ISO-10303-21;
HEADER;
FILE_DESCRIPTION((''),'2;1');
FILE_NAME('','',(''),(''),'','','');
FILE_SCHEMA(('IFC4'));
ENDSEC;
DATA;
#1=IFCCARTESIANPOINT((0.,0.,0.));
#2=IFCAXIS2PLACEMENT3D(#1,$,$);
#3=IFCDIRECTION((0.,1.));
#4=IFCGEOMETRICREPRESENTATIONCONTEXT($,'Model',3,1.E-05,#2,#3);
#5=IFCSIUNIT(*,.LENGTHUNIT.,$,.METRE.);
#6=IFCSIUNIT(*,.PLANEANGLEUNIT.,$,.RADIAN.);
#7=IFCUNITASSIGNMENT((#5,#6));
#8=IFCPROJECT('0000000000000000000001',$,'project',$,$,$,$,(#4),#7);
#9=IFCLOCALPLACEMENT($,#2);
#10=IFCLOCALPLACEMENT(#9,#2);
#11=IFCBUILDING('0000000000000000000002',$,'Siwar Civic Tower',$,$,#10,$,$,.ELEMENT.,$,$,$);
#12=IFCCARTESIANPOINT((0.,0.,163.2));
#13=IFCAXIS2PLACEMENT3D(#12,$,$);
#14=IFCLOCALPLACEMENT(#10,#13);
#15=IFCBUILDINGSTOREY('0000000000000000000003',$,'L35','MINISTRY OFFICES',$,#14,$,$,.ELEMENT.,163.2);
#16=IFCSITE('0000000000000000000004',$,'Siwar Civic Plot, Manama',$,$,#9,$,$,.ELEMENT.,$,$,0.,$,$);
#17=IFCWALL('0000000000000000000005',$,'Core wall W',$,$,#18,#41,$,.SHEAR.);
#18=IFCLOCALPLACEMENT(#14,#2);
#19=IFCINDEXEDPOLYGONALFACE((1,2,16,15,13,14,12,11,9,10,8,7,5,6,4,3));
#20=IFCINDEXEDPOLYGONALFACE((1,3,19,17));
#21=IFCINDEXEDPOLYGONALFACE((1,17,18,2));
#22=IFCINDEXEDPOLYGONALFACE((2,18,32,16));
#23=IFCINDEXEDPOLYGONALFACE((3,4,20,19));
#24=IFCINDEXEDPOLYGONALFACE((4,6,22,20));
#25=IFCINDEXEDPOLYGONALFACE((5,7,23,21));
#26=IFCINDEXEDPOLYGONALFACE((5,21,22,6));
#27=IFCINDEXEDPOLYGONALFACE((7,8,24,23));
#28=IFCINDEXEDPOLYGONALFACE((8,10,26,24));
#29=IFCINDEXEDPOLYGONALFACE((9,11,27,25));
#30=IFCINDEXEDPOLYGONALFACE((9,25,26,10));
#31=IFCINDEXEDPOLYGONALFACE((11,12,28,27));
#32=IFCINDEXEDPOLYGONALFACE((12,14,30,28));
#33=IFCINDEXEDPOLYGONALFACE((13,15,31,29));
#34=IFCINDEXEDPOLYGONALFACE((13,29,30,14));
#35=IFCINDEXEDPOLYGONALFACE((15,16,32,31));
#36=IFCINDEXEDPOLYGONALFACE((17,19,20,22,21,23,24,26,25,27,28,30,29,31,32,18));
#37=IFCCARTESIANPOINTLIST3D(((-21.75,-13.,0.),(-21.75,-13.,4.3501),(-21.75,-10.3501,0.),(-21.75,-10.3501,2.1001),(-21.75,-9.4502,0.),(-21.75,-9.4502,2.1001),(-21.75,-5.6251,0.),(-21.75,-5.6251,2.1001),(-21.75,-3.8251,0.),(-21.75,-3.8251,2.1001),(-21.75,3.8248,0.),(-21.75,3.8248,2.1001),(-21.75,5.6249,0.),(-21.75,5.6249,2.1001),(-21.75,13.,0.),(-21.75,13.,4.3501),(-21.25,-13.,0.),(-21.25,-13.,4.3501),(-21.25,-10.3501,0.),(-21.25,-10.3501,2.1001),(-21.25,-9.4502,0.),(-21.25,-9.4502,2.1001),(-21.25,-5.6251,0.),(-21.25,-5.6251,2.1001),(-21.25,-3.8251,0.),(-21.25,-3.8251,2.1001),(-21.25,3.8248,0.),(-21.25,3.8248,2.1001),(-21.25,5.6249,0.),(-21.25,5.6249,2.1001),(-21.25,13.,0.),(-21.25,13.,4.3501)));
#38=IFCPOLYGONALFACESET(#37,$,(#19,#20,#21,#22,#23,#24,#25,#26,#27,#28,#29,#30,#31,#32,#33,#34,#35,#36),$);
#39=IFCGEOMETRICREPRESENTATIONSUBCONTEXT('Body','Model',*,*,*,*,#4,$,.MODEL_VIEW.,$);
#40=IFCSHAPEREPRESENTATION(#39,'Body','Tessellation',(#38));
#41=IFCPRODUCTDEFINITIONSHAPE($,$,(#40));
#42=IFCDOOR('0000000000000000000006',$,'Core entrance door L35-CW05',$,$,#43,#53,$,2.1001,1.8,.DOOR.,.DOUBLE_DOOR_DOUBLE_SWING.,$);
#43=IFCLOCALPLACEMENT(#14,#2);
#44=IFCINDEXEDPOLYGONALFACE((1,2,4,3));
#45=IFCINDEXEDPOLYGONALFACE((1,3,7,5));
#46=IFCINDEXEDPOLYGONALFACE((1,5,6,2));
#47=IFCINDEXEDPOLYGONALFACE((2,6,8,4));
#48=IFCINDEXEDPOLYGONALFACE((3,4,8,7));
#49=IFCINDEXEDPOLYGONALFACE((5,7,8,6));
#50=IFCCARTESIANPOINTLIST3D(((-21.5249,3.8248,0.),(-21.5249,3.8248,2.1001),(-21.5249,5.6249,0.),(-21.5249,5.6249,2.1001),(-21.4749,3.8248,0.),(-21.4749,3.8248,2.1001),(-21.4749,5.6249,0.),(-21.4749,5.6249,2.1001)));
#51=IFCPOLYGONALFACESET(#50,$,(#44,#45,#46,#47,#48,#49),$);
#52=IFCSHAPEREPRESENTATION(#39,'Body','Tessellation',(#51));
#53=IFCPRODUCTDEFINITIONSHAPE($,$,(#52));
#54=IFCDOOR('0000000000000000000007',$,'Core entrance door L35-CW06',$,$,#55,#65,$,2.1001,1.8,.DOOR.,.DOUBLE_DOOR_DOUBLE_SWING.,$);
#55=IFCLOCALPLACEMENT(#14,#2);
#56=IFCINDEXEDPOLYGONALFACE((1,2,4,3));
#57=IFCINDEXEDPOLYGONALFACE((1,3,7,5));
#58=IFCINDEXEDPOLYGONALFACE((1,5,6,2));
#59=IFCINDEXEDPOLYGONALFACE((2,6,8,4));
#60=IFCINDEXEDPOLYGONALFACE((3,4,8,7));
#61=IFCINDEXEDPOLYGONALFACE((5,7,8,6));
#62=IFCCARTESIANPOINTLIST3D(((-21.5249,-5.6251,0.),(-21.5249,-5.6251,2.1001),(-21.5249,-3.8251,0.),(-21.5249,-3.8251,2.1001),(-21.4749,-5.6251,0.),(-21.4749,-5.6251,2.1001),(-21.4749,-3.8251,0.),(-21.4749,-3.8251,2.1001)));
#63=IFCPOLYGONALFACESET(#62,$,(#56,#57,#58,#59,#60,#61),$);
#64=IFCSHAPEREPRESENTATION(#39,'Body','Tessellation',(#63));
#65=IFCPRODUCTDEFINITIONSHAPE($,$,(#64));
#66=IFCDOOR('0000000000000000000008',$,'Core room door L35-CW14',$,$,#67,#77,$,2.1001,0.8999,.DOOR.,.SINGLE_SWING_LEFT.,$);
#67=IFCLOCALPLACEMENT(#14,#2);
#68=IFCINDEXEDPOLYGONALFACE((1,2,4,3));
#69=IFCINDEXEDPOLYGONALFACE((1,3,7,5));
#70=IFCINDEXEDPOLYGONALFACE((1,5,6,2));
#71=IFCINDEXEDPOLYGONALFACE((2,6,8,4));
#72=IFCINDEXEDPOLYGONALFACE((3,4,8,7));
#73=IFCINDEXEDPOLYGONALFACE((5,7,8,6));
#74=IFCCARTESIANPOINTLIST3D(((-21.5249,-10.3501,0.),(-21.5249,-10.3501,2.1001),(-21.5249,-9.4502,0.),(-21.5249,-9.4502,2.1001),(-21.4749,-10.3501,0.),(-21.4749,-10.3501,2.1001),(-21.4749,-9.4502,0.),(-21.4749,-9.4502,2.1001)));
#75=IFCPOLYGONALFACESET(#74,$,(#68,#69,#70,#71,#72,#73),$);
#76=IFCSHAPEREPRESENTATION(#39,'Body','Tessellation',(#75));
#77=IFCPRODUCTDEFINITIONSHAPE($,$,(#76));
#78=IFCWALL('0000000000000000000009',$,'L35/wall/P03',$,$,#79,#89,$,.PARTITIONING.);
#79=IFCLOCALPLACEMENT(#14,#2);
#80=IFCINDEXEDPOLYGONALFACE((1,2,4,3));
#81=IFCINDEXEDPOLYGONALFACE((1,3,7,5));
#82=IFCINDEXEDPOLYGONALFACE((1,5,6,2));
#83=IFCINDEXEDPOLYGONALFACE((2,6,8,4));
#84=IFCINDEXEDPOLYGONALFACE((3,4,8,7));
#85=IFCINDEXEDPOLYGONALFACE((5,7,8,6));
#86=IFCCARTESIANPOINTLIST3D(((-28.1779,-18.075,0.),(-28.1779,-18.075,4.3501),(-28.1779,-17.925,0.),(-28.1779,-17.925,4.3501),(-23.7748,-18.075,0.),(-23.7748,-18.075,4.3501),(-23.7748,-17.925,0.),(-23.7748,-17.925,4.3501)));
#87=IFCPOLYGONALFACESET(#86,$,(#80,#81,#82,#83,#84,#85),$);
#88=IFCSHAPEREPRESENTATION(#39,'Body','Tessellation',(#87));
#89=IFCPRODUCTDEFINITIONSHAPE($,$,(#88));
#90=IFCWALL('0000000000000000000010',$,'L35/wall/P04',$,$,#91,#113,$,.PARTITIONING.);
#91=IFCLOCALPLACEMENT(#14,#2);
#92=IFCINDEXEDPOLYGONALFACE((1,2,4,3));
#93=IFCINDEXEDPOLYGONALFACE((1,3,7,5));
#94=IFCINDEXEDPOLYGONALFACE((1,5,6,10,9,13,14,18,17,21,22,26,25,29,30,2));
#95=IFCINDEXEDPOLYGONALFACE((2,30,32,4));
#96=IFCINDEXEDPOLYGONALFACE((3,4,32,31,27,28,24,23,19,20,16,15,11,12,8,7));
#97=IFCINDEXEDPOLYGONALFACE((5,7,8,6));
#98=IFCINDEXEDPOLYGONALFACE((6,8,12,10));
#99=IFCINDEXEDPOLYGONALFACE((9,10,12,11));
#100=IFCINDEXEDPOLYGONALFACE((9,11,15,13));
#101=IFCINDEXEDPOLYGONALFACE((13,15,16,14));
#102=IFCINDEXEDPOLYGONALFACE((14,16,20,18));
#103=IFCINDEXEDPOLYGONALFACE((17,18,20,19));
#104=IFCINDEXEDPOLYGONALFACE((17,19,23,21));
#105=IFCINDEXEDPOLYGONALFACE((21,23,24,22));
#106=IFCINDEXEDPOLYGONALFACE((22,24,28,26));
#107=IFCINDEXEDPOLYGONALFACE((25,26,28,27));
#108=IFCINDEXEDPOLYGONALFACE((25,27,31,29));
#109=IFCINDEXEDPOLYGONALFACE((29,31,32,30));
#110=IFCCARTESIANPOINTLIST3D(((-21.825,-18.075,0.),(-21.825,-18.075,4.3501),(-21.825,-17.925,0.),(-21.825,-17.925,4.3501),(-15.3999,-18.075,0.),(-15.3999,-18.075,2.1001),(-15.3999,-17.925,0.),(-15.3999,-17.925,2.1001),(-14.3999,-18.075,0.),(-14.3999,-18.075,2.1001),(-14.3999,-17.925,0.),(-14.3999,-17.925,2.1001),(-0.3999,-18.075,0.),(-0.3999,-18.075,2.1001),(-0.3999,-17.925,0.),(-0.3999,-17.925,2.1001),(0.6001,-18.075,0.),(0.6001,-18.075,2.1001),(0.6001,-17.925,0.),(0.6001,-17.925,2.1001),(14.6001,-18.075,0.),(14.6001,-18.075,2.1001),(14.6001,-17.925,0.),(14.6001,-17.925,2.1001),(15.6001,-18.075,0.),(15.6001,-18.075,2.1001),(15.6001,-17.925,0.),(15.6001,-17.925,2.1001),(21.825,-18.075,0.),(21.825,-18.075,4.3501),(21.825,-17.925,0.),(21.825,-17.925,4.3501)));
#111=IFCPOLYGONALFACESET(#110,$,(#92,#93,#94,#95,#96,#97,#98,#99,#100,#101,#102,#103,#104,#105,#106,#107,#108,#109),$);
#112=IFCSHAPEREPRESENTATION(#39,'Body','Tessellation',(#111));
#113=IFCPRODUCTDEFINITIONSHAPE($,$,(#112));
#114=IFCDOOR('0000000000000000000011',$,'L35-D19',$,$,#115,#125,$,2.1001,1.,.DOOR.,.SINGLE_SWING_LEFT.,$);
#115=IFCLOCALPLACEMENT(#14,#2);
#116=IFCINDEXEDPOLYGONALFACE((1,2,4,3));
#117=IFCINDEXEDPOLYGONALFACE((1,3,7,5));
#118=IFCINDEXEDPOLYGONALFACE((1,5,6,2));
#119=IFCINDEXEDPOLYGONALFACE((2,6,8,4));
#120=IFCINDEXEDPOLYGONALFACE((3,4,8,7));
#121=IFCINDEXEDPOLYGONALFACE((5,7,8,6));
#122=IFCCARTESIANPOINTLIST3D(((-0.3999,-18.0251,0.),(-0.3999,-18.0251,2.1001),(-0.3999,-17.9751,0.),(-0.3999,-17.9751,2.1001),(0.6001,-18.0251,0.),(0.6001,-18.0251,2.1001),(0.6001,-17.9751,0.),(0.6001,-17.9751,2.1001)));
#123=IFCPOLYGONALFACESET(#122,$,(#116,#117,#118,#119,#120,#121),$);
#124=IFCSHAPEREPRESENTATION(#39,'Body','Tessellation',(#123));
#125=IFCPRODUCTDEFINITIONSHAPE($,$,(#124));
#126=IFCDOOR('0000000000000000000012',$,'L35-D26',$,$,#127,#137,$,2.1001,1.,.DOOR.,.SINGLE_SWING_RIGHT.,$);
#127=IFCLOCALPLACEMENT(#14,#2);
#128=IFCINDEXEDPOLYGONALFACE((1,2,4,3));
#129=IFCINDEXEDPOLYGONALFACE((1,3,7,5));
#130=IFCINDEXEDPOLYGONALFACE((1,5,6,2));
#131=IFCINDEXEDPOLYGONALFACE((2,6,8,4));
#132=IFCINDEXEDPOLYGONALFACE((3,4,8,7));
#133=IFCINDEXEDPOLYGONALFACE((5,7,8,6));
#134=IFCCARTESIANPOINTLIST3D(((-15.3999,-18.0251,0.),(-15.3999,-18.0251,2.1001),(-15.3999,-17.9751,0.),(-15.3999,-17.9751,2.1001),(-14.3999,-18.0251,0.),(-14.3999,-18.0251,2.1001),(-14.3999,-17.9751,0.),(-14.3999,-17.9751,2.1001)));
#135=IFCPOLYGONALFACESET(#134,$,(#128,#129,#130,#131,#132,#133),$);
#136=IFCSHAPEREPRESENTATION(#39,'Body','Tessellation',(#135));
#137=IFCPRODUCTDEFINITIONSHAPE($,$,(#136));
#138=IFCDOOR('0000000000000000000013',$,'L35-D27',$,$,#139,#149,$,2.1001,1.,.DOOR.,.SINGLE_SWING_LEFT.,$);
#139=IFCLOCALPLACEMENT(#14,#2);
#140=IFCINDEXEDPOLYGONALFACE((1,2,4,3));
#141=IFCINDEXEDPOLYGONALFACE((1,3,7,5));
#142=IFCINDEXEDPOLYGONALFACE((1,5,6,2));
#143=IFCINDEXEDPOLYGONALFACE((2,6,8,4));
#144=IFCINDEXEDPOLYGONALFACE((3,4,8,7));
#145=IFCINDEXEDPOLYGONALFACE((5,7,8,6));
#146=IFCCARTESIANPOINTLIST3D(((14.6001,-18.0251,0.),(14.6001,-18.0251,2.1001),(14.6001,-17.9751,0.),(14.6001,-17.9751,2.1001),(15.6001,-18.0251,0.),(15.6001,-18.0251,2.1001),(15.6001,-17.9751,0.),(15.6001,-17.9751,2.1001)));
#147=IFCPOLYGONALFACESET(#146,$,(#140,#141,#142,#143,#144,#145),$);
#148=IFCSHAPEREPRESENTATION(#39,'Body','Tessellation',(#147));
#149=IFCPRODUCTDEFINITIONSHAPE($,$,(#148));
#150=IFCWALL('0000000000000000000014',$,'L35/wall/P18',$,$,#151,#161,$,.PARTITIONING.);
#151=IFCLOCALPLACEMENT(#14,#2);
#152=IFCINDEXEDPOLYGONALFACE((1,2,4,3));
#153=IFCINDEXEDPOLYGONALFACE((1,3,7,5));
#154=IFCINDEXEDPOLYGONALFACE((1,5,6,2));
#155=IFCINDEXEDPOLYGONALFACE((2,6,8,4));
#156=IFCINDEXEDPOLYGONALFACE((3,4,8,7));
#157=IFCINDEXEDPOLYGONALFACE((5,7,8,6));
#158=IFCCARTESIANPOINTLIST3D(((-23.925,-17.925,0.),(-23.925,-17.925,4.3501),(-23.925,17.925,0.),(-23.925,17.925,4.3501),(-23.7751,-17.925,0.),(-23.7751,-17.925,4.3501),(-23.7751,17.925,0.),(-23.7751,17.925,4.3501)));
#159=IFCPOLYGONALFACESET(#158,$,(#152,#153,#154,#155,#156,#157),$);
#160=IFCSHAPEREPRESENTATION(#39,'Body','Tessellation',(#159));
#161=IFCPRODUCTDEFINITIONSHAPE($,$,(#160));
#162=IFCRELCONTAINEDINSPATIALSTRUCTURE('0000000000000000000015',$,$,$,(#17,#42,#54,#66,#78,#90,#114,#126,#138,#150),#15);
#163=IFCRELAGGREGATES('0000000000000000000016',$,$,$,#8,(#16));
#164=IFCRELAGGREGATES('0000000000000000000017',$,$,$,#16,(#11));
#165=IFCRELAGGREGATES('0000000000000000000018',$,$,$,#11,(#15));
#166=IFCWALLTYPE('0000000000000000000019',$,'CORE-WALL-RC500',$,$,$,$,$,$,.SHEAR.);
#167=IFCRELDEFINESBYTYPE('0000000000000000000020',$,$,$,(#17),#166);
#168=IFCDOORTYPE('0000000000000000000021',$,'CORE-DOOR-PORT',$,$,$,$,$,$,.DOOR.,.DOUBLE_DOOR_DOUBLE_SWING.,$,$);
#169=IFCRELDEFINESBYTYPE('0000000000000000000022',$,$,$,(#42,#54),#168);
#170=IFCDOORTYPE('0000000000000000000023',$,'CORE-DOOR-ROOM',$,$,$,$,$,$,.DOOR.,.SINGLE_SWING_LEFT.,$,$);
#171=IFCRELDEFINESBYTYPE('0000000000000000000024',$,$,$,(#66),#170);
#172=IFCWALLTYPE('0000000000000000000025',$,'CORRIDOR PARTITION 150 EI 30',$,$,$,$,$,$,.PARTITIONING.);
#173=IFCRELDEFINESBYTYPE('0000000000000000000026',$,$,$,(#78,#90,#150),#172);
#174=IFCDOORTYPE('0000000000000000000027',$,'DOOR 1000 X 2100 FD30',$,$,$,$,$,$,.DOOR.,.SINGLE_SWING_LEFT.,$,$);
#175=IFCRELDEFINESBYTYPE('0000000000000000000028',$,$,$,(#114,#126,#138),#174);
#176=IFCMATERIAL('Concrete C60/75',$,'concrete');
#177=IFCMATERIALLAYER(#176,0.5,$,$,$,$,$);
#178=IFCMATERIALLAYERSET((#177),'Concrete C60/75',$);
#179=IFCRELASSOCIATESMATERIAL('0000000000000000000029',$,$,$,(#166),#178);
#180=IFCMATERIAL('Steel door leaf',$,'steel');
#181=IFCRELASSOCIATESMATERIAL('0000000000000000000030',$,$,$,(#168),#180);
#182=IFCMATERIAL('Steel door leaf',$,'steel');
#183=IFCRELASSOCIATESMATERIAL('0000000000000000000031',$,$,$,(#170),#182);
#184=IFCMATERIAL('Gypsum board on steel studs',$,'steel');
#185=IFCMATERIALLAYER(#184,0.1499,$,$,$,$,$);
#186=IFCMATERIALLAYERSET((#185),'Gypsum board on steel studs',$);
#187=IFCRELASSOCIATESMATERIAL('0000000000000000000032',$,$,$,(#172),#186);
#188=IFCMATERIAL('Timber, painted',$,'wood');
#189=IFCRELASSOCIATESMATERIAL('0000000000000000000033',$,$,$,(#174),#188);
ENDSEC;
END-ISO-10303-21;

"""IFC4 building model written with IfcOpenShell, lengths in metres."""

from ifc_helpers import new_model, si_unit, direction, frame, frame_2d, origin, place, context, subcontext, project, spatial, rectangle, extrude, material, layer, layer_set, type_object, element, fill, save


model = new_model("IFC4")

# Units and contexts
model_context = context("Model", 3, precision=1e-05, world=origin(), true_north=direction((0.0, 1.0)))
body_context = subcontext(model_context, "Body", "Model", "MODEL_VIEW")
ifc_project = project(units=[si_unit("LENGTHUNIT", "METRE"), si_unit("PLANEANGLEUNIT", "RADIAN")], contexts=[model_context])

# Site, building, storey
site_placement = place(None, origin())
site = spatial("IfcSite", under=ifc_project, at=site_placement, Name="Siwar Civic Plot, Manama", CompositionType="ELEMENT", RefElevation=0.0)
building_placement = place(site_placement, origin())
building = spatial("IfcBuilding", under=site, at=building_placement, Name="Siwar Civic Tower", CompositionType="ELEMENT")
storey_placement = place(building_placement, frame((0.0, 0.0, 163.2)))
storey = spatial("IfcBuildingStorey", under=building, at=storey_placement, Name="L35", Description="MINISTRY OFFICES", CompositionType="ELEMENT", Elevation=163.2)

# Wall, openings, doors
ifc_material_1 = material(Name="Concrete C60/75", Category="concrete")
ifc_layer_1 = layer(ifc_material_1, 0.5)
ifc_layer_set_1 = layer_set([ifc_layer_1], Name="Concrete C60/75")
wall_type_1 = type_object("IfcWallType", Name="CORE-WALL-RC500", PredefinedType="SHEAR", material=ifc_layer_set_1)
wall_1_placement = place(storey_placement, frame((-21.5, -13.0, 0.0), z_axis=(0.0, 0.0, 1.0), x_axis=(0.0, 1.0, 0.0)))
wall_1 = element("IfcWall", 1, at=wall_1_placement, inside=storey, type_object=wall_type_1, Name="Core wall W", PredefinedType="SHEAR", context=body_context, shape_type="SweptSolid", body=[
    extrude(rectangle(XDim=26.0, YDim=0.5, at=frame_2d((13.0, 0.0))), origin(), (0.0, 0.0, 1.0), 4.3501),
])
opening_1_placement = place(wall_1_placement, frame((16.825, 0.0, 0.0)))
opening_1 = element("IfcOpeningElement", 2, at=opening_1_placement, cuts=wall_1, PredefinedType="OPENING", context=body_context, shape_type="SweptSolid", body=[
    extrude(rectangle(XDim=1.8, YDim=2.1001, at=frame_2d((0.8999, 1.05))), frame((0.0, 0.26, 0.0), z_axis=(0.0, -1.0, 0.0), x_axis=(1.0, 0.0, 0.0)), (0.0, 0.0, 1.0), 0.52),
])
opening_2_placement = place(wall_1_placement, frame((7.375, 0.0, 0.0)))
opening_2 = element("IfcOpeningElement", 3, at=opening_2_placement, cuts=wall_1, PredefinedType="OPENING", context=body_context, shape_type="SweptSolid", body=[
    extrude(rectangle(XDim=1.8, YDim=2.1001, at=frame_2d((0.8999, 1.05))), frame((0.0, 0.26, 0.0), z_axis=(0.0, -1.0, 0.0), x_axis=(1.0, 0.0, 0.0)), (0.0, 0.0, 1.0), 0.52),
])
opening_3_placement = place(wall_1_placement, frame((2.6499, 0.0, 0.0)))
opening_3 = element("IfcOpeningElement", 4, at=opening_3_placement, cuts=wall_1, PredefinedType="OPENING", context=body_context, shape_type="SweptSolid", body=[
    extrude(rectangle(XDim=0.8999, YDim=2.1001, at=frame_2d((0.45, 1.05))), frame((0.0, 0.26, 0.0), z_axis=(0.0, -1.0, 0.0), x_axis=(1.0, 0.0, 0.0)), (0.0, 0.0, 1.0), 0.52),
])
ifc_material_2 = material(Name="Steel door leaf", Category="steel")
door_type_1 = type_object("IfcDoorType", Name="CORE-DOOR-PORT", OperationType="DOUBLE_DOOR_DOUBLE_SWING", PredefinedType="DOOR", material=ifc_material_2)
door_1_placement = place(opening_1_placement, origin())
door_1 = element("IfcDoor", 5, at=door_1_placement, inside=storey, type_object=door_type_1, Name="Core entrance door L35-CW05", OperationType="DOUBLE_DOOR_DOUBLE_SWING", OverallHeight=2.1001, OverallWidth=1.8, PredefinedType="DOOR", context=body_context, shape_type="SweptSolid", body=[
    extrude(rectangle(XDim=1.8, YDim=2.1001, at=frame_2d((0.8999, 1.05))), frame((0.0, 0.0249, 0.0), z_axis=(0.0, -1.0, 0.0), x_axis=(1.0, 0.0, 0.0)), (0.0, 0.0, 1.0), 0.05),
])
fill(opening_1, door_1)
door_2_placement = place(opening_2_placement, origin())
door_2 = element("IfcDoor", 6, at=door_2_placement, inside=storey, type_object=door_type_1, Name="Core entrance door L35-CW06", OperationType="DOUBLE_DOOR_DOUBLE_SWING", OverallHeight=2.1001, OverallWidth=1.8, PredefinedType="DOOR", context=body_context, shape_type="SweptSolid", body=[
    extrude(rectangle(XDim=1.8, YDim=2.1001, at=frame_2d((0.8999, 1.05))), frame((0.0, 0.0249, 0.0), z_axis=(0.0, -1.0, 0.0), x_axis=(1.0, 0.0, 0.0)), (0.0, 0.0, 1.0), 0.05),
])
fill(opening_2, door_2)
ifc_material_3 = material(Name="Steel door leaf", Category="steel")
door_type_2 = type_object("IfcDoorType", Name="CORE-DOOR-ROOM", OperationType="SINGLE_SWING_LEFT", PredefinedType="DOOR", material=ifc_material_3)
door_3_placement = place(opening_3_placement, origin())
door_3 = element("IfcDoor", 7, at=door_3_placement, inside=storey, type_object=door_type_2, Name="Core room door L35-CW14", OperationType="SINGLE_SWING_LEFT", OverallHeight=2.1001, OverallWidth=0.8999, PredefinedType="DOOR", context=body_context, shape_type="SweptSolid", body=[
    extrude(rectangle(XDim=0.8999, YDim=2.1001, at=frame_2d((0.45, 1.05))), frame((0.0, 0.0249, 0.0), z_axis=(0.0, -1.0, 0.0), x_axis=(1.0, 0.0, 0.0)), (0.0, 0.0, 1.0), 0.05),
])
fill(opening_3, door_3)

# Wall
ifc_material_4 = material(Name="Gypsum board on steel studs", Category="steel")
ifc_layer_2 = layer(ifc_material_4, 0.1499)
ifc_layer_set_2 = layer_set([ifc_layer_2], Name="Gypsum board on steel studs")
wall_type_2 = type_object("IfcWallType", Name="CORRIDOR PARTITION 150 EI 30", PredefinedType="PARTITIONING", material=ifc_layer_set_2)
wall_2_placement = place(storey_placement, frame((-28.178, -18.0, 0.0), z_axis=(0.0, 0.0, 1.0), x_axis=(1.0, 0.0, 0.0)))
element("IfcWall", 8, at=wall_2_placement, inside=storey, type_object=wall_type_2, Name="L35/wall/P03", PredefinedType="PARTITIONING", context=body_context, shape_type="SweptSolid", body=[
    extrude(rectangle(XDim=4.4031, YDim=0.1499, at=frame_2d((2.2017, 0.0))), origin(), (0.0, 0.0, 1.0), 4.3501),
])

# Wall, openings, doors
wall_3_placement = place(storey_placement, frame((-21.825, -18.0, 0.0), z_axis=(0.0, 0.0, 1.0), x_axis=(1.0, 0.0, 0.0)))
wall_3 = element("IfcWall", 9, at=wall_3_placement, inside=storey, type_object=wall_type_2, Name="L35/wall/P04", PredefinedType="PARTITIONING", context=body_context, shape_type="SweptSolid", body=[
    extrude(rectangle(XDim=43.6499, YDim=0.1499, at=frame_2d((21.825, 0.0))), origin(), (0.0, 0.0, 1.0), 4.3501),
])
opening_4_placement = place(wall_3_placement, frame((21.425, 0.0, 0.0)))
opening_4 = element("IfcOpeningElement", 10, at=opening_4_placement, cuts=wall_3, PredefinedType="OPENING", context=body_context, shape_type="SweptSolid", body=[
    extrude(rectangle(XDim=1.0, YDim=2.1001, at=frame_2d((0.5, 1.05))), frame((0.0, 0.085, 0.0), z_axis=(0.0, -1.0, 0.0), x_axis=(1.0, 0.0, 0.0)), (0.0, 0.0, 1.0), 0.1699),
])
opening_5_placement = place(wall_3_placement, frame((6.425, 0.0, 0.0)))
opening_5 = element("IfcOpeningElement", 11, at=opening_5_placement, cuts=wall_3, PredefinedType="OPENING", context=body_context, shape_type="SweptSolid", body=[
    extrude(rectangle(XDim=1.0, YDim=2.1001, at=frame_2d((0.5, 1.05))), frame((0.0, 0.085, 0.0), z_axis=(0.0, -1.0, 0.0), x_axis=(1.0, 0.0, 0.0)), (0.0, 0.0, 1.0), 0.1699),
])
opening_6_placement = place(wall_3_placement, frame((36.425, 0.0, 0.0)))
opening_6 = element("IfcOpeningElement", 12, at=opening_6_placement, cuts=wall_3, PredefinedType="OPENING", context=body_context, shape_type="SweptSolid", body=[
    extrude(rectangle(XDim=1.0, YDim=2.1001, at=frame_2d((0.5, 1.05))), frame((0.0, 0.085, 0.0), z_axis=(0.0, -1.0, 0.0), x_axis=(1.0, 0.0, 0.0)), (0.0, 0.0, 1.0), 0.1699),
])
ifc_material_5 = material(Name="Timber, painted", Category="wood")
door_type_3 = type_object("IfcDoorType", Name="DOOR 1000 X 2100 FD30", OperationType="SINGLE_SWING_LEFT", PredefinedType="DOOR", material=ifc_material_5)
door_4_placement = place(opening_4_placement, origin())
door_4 = element("IfcDoor", 13, at=door_4_placement, inside=storey, type_object=door_type_3, Name="L35-D19", OperationType="SINGLE_SWING_LEFT", OverallHeight=2.1001, OverallWidth=1.0, PredefinedType="DOOR", context=body_context, shape_type="SweptSolid", body=[
    extrude(rectangle(XDim=1.0, YDim=2.1001, at=frame_2d((0.5, 1.05))), frame((0.0, 0.0249, 0.0), z_axis=(0.0, -1.0, 0.0), x_axis=(1.0, 0.0, 0.0)), (0.0, 0.0, 1.0), 0.05),
])
fill(opening_4, door_4)
door_5_placement = place(opening_5_placement, origin())
door_5 = element("IfcDoor", 14, at=door_5_placement, inside=storey, type_object=door_type_3, Name="L35-D26", OperationType="SINGLE_SWING_RIGHT", OverallHeight=2.1001, OverallWidth=1.0, PredefinedType="DOOR", context=body_context, shape_type="SweptSolid", body=[
    extrude(rectangle(XDim=1.0, YDim=2.1001, at=frame_2d((0.5, 1.05))), frame((0.0, 0.0249, 0.0), z_axis=(0.0, -1.0, 0.0), x_axis=(1.0, 0.0, 0.0)), (0.0, 0.0, 1.0), 0.05),
])
fill(opening_5, door_5)
door_6_placement = place(opening_6_placement, origin())
door_6 = element("IfcDoor", 15, at=door_6_placement, inside=storey, type_object=door_type_3, Name="L35-D27", OperationType="SINGLE_SWING_LEFT", OverallHeight=2.1001, OverallWidth=1.0, PredefinedType="DOOR", context=body_context, shape_type="SweptSolid", body=[
    extrude(rectangle(XDim=1.0, YDim=2.1001, at=frame_2d((0.5, 1.05))), frame((0.0, 0.0249, 0.0), z_axis=(0.0, -1.0, 0.0), x_axis=(1.0, 0.0, 0.0)), (0.0, 0.0, 1.0), 0.05),
])
fill(opening_6, door_6)

# Wall
wall_4_placement = place(storey_placement, frame((-23.8501, -17.925, 0.0), z_axis=(0.0, 0.0, 1.0), x_axis=(0.0, 1.0, 0.0)))
element("IfcWall", 16, at=wall_4_placement, inside=storey, type_object=wall_type_2, Name="L35/wall/P18", PredefinedType="PARTITIONING", context=body_context, shape_type="SweptSolid", body=[
    extrude(rectangle(XDim=35.8501, YDim=0.1499, at=frame_2d((17.925, 0.0))), origin(), (0.0, 0.0, 1.0), 4.3501),
])

save(model, "model.ifc")
